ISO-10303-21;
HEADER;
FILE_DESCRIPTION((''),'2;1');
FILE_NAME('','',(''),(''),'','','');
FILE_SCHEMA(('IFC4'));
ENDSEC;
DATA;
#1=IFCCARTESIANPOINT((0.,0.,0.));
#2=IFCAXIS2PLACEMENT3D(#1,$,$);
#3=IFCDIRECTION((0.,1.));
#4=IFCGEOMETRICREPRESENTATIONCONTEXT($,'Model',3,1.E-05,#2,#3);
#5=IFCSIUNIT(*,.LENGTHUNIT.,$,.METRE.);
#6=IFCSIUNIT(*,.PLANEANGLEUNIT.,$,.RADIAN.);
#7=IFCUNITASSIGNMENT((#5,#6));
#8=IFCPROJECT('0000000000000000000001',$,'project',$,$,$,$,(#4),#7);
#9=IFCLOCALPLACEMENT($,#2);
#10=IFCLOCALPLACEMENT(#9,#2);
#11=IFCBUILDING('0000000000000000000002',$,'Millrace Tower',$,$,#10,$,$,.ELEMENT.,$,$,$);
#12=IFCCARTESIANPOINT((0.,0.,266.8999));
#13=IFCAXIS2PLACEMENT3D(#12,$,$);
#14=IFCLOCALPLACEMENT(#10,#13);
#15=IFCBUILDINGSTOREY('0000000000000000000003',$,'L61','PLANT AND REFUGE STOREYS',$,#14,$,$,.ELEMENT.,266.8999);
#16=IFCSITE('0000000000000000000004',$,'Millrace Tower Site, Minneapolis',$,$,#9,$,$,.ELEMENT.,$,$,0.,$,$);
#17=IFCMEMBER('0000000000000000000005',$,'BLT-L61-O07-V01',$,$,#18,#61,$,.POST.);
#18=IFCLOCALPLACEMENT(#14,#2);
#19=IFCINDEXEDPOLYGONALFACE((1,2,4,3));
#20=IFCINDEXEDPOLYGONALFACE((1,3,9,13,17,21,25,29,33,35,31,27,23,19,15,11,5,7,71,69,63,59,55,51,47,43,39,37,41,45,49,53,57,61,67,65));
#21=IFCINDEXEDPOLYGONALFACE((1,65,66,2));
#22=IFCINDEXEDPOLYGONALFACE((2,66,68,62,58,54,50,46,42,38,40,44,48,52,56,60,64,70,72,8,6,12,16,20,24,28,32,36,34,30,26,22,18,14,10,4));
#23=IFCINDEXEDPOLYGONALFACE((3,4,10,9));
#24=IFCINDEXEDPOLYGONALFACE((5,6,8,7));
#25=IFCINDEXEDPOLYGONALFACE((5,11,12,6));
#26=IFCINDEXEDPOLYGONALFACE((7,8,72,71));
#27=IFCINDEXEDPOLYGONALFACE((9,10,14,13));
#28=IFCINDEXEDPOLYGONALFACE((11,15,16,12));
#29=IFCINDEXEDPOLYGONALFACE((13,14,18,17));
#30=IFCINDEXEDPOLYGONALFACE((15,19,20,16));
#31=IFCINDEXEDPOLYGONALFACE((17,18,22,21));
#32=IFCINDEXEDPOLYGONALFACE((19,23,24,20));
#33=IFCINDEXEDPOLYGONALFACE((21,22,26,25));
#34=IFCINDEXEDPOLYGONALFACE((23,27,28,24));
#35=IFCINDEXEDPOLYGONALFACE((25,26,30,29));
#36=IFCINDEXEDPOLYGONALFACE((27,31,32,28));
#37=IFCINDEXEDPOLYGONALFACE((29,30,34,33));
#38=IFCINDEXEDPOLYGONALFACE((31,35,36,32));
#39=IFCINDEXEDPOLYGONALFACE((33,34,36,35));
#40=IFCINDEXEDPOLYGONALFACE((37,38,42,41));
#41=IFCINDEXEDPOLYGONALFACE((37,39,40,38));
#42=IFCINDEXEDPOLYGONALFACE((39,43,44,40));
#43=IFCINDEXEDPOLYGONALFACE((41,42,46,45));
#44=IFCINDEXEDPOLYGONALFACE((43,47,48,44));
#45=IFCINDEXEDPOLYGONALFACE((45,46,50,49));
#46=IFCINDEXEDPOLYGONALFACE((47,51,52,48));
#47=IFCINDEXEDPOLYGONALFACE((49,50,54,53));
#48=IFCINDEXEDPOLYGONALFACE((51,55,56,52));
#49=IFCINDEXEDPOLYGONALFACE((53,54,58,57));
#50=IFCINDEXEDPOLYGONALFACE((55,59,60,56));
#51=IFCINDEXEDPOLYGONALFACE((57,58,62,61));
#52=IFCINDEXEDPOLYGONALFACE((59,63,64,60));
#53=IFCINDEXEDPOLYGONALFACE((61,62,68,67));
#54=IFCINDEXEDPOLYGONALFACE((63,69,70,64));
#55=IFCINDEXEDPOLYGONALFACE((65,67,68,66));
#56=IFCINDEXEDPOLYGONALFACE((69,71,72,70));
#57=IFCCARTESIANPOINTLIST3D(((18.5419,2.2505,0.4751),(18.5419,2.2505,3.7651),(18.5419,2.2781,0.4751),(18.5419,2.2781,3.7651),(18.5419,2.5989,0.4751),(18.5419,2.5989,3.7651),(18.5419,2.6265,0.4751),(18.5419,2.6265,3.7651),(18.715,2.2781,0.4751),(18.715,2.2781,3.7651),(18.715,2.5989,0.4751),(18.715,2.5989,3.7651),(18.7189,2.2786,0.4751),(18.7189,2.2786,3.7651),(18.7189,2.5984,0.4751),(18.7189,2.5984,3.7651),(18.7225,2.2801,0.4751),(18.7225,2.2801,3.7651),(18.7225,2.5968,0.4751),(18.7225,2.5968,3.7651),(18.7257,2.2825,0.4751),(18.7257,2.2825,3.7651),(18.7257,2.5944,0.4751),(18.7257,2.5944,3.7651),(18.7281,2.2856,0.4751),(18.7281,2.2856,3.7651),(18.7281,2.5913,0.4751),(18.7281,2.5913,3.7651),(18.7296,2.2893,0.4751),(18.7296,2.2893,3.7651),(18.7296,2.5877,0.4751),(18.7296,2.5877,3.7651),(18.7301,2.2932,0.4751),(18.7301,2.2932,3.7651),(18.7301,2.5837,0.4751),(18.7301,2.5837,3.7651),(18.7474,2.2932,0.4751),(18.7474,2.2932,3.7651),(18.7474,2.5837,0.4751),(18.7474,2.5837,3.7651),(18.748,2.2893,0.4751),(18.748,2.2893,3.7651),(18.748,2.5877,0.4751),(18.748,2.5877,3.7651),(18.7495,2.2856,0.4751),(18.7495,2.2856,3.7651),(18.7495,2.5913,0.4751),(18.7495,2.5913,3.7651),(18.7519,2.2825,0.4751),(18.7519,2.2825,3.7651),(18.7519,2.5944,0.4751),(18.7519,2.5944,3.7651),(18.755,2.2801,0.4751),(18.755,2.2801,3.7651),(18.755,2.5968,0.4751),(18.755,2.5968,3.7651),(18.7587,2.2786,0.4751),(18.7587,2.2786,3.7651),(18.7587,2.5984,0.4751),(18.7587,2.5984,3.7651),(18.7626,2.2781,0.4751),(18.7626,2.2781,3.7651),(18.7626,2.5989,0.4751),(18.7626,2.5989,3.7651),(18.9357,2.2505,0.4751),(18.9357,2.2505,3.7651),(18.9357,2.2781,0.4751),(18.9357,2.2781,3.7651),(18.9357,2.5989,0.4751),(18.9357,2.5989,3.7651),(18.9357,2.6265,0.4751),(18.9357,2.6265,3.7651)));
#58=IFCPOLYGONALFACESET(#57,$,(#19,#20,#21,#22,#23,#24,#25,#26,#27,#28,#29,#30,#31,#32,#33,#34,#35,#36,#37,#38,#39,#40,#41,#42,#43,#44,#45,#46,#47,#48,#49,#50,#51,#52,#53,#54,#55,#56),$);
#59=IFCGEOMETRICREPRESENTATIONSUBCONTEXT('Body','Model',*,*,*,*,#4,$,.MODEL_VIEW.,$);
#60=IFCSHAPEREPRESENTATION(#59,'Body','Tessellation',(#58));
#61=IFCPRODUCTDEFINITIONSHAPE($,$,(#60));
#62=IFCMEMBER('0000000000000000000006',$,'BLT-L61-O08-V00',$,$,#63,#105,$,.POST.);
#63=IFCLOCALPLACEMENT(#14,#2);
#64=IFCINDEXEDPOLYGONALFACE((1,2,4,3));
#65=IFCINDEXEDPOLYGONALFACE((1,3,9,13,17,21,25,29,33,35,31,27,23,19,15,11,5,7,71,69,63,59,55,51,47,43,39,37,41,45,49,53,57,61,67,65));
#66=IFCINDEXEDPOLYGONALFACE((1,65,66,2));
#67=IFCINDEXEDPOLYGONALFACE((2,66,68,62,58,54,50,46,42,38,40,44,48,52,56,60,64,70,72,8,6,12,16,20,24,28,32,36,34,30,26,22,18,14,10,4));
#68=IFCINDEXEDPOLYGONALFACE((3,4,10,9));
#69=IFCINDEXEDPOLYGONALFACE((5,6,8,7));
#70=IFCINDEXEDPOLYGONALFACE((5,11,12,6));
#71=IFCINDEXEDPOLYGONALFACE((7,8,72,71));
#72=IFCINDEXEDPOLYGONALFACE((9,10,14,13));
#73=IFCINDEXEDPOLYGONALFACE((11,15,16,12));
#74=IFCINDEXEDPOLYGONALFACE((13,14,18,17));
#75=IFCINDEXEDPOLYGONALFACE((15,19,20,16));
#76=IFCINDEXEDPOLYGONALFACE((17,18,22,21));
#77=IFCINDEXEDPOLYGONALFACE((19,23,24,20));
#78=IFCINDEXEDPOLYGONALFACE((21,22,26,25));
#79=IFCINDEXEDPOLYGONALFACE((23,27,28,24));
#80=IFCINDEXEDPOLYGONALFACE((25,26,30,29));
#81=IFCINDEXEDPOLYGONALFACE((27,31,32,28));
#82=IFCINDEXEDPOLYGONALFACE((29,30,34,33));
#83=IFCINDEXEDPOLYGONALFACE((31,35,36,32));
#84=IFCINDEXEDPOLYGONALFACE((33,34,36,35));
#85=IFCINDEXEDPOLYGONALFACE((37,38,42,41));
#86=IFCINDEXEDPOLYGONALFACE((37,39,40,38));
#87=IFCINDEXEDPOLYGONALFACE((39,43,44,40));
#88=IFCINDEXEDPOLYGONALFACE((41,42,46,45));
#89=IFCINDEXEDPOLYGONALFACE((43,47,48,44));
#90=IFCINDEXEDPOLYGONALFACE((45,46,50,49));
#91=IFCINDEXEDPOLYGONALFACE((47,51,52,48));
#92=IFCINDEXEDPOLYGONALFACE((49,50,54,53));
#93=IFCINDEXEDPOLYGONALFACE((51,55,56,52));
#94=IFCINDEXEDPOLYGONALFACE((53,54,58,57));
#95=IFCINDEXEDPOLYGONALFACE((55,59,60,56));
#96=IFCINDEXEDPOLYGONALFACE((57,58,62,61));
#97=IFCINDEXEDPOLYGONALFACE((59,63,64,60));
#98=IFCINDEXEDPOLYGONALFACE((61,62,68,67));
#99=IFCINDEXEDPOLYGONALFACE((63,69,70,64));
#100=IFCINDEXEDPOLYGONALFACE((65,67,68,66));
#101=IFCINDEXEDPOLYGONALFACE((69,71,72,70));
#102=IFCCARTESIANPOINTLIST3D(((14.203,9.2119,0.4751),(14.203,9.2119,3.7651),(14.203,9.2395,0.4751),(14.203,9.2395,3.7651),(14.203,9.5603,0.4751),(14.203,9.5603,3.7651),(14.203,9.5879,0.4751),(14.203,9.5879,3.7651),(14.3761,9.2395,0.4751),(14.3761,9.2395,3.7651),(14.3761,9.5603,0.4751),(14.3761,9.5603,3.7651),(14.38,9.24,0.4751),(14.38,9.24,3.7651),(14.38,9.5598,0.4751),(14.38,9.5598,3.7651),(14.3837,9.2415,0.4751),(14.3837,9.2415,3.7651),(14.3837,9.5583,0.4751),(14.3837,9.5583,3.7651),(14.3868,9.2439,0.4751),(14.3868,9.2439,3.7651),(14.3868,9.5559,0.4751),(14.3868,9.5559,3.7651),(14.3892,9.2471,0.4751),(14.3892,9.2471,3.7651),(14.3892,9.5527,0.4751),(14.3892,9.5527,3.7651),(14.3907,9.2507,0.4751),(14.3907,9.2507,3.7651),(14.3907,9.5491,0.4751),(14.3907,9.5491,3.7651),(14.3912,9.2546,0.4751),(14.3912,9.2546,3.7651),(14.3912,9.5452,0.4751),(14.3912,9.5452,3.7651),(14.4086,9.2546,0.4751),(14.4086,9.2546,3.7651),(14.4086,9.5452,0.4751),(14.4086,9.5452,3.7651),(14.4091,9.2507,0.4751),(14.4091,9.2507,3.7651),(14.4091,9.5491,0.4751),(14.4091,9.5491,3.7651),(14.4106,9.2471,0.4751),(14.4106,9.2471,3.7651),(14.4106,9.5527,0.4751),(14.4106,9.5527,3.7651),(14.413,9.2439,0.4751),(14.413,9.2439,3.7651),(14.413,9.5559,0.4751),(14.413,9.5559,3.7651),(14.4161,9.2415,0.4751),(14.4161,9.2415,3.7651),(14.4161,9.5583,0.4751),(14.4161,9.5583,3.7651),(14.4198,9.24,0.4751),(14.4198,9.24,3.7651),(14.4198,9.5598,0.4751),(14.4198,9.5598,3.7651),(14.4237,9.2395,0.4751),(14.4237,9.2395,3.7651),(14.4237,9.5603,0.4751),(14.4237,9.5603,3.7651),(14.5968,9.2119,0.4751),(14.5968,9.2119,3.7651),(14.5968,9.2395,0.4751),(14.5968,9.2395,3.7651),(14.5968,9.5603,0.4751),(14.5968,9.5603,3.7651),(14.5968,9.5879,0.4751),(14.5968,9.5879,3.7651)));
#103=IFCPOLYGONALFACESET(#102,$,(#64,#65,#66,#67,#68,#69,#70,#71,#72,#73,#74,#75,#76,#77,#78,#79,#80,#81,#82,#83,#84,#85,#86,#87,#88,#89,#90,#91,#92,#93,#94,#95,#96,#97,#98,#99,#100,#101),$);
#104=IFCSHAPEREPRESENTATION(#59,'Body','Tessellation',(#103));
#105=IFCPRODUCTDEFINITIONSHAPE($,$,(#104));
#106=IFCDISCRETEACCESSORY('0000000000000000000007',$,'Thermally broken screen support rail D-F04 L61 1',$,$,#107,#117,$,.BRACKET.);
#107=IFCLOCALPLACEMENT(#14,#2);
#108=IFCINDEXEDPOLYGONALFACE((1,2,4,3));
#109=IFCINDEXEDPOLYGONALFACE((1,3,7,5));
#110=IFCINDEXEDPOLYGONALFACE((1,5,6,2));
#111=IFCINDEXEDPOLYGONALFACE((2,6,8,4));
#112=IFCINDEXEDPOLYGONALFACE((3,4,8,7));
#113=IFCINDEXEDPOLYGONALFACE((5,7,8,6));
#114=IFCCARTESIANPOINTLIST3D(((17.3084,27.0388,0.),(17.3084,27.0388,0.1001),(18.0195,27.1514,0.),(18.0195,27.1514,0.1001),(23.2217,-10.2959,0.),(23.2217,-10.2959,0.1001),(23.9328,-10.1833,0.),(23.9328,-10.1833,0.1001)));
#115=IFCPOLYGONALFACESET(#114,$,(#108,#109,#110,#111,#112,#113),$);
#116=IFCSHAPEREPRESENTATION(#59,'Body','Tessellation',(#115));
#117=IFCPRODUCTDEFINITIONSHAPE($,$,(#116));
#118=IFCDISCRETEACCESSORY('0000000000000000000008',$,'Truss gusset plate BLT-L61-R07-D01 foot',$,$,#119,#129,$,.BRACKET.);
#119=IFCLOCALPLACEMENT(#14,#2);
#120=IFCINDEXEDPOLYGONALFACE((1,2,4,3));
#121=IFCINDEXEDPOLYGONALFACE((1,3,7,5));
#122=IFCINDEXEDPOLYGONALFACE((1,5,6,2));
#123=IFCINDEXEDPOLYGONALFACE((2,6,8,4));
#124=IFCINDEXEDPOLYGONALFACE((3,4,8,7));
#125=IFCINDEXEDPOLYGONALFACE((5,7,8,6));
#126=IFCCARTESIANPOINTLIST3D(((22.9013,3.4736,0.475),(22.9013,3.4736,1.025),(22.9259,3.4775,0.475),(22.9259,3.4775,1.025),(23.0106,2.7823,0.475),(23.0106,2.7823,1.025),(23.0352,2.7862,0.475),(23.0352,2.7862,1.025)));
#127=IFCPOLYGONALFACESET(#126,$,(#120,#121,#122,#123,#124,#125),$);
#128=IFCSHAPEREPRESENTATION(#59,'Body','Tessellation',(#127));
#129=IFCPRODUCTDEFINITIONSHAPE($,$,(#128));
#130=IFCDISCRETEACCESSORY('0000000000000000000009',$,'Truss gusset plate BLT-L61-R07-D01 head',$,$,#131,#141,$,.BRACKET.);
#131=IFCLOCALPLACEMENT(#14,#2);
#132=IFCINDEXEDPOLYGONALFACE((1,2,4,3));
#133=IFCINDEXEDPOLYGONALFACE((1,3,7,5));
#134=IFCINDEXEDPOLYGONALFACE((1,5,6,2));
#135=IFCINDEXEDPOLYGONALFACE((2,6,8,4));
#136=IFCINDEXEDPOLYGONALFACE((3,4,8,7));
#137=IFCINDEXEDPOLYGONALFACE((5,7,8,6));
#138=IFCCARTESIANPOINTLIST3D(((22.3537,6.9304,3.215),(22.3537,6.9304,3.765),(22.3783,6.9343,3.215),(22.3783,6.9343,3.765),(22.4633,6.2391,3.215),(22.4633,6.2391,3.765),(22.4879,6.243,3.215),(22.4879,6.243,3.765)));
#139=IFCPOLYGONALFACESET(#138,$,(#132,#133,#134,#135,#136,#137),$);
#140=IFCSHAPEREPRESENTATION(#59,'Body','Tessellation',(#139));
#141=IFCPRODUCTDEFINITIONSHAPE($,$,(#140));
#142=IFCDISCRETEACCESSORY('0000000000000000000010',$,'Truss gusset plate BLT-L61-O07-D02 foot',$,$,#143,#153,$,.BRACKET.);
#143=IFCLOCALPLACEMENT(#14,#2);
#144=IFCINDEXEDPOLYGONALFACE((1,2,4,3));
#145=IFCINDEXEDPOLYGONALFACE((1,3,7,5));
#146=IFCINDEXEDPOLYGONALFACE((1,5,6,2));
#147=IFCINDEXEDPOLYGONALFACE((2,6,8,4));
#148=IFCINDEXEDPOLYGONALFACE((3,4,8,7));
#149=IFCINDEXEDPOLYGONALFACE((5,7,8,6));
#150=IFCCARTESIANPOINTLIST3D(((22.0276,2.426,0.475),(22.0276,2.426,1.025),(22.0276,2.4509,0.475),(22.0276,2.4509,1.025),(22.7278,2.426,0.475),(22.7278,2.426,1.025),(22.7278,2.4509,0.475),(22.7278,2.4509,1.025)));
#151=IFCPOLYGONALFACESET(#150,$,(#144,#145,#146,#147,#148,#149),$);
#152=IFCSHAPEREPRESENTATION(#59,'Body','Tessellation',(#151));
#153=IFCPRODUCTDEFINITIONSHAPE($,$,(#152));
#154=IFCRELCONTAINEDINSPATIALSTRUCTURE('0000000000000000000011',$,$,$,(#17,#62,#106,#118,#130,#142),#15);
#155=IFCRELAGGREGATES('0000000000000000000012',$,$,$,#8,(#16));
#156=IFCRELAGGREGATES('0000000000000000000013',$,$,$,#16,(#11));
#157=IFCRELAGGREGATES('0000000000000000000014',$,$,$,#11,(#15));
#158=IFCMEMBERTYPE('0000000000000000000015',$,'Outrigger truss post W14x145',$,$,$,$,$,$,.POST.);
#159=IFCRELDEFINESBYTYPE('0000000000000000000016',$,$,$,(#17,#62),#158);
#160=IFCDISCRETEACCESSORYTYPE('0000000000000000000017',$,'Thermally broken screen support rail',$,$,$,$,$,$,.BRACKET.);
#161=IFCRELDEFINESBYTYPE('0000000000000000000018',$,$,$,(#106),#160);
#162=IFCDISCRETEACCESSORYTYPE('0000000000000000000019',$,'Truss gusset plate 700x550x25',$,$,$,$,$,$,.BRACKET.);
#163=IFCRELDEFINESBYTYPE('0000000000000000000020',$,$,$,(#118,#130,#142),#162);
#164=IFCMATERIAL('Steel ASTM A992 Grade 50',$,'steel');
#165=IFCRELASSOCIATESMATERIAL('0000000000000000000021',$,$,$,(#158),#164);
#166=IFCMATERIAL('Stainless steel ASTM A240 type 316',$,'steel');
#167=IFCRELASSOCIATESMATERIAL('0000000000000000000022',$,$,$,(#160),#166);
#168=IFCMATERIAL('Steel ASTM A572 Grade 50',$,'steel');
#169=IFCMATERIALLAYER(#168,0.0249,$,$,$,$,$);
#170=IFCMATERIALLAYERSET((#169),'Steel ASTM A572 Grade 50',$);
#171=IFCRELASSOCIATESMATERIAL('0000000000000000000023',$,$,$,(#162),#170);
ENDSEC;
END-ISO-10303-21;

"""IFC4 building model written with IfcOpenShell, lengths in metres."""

from ifc_helpers import new_model, si_unit, direction, frame, origin, origin_2d, place, context, subcontext, project, spatial, rectangle, i_section, extrude, material, layer, layer_set, material_profile, profile_set, type_object, element, save


model = new_model("IFC4")

# Units and contexts
model_context = context("Model", 3, precision=1e-05, world=origin(), true_north=direction((0.0, 1.0)))
body_context = subcontext(model_context, "Body", "Model", "MODEL_VIEW")
ifc_project = project(units=[si_unit("LENGTHUNIT", "METRE"), si_unit("PLANEANGLEUNIT", "RADIAN")], contexts=[model_context])

# Site, building, storey
site_placement = place(None, origin())
site = spatial("IfcSite", under=ifc_project, at=site_placement, Name="Millrace Tower Site, Minneapolis", CompositionType="ELEMENT", RefElevation=0.0)
building_placement = place(site_placement, origin())
building = spatial("IfcBuilding", under=site, at=building_placement, Name="Millrace Tower", CompositionType="ELEMENT")
storey_placement = place(building_placement, frame((0.0, 0.0, 266.8999)))
storey = spatial("IfcBuildingStorey", under=building, at=storey_placement, Name="L61", Description="PLANT AND REFUGE STOREYS", CompositionType="ELEMENT", Elevation=266.8999)

# Members
ifc_material_1 = material(Name="Steel ASTM A992 Grade 50", Category="steel")
ifc_material_profile_1 = material_profile(ifc_material_1, i_section(OverallWidth=0.3938, OverallDepth=0.376, WebThickness=0.0173, FlangeThickness=0.0276, FilletRadius=0.0151, at=origin_2d()))
ifc_profile_set_1 = profile_set([ifc_material_profile_1], Name="Steel ASTM A992 Grade 50")
member_type_1 = type_object("IfcMemberType", Name="Outrigger truss post W14x145", PredefinedType="POST", material=ifc_profile_set_1)
for number, where, z_axis, x_axis, name in (
    (1, (18.7388, 2.4385, 0.4751), (0.0, 0.0, 1.0), (1.0, 0.0, 0.0), "BLT-L61-O07-V01"),
    (2, (14.3999, 9.3999, 0.4751), (0.0, 0.0, 1.0), (1.0, 0.0, 0.0), "BLT-L61-O08-V00"),
):
    element("IfcMember", number, at=place(storey_placement, frame(where, z_axis=z_axis, x_axis=x_axis)), inside=storey, type_object=member_type_1, Name=name, PredefinedType="POST", context=body_context, shape_type="SweptSolid", body=[
        extrude(i_section(OverallWidth=0.3938, OverallDepth=0.376, WebThickness=0.0173, FlangeThickness=0.0276, FilletRadius=0.0151, at=origin_2d()), origin(), (0.0, 0.0, 1.0), 3.29),
    ])

# Discrete accessories
ifc_material_2 = material(Name="Stainless steel ASTM A240 type 316", Category="steel")
discrete_accessory_type_1 = type_object("IfcDiscreteAccessoryType", Name="Thermally broken screen support rail", PredefinedType="BRACKET", material=ifc_material_2)
discrete_accessory_1_placement = place(storey_placement, frame((20.6206, 8.4277, 0.0), z_axis=(0.0, 0.0, 1.0), x_axis=(-0.156434, 0.987688, 0.0)))
element("IfcDiscreteAccessory", 3, at=discrete_accessory_1_placement, inside=storey, type_object=discrete_accessory_type_1, Name="Thermally broken screen support rail D-F04 L61 1", PredefinedType="BRACKET", context=body_context, shape_type="SweptSolid", body=[
    extrude(rectangle(XDim=37.8, YDim=0.72, at=origin_2d()), origin(), (0.0, 0.0, 1.0), 0.1001),
])
ifc_material_3 = material(Name="Steel ASTM A572 Grade 50", Category="steel")
ifc_layer_1 = layer(ifc_material_3, 0.0249)
ifc_layer_set_1 = layer_set([ifc_layer_1], Name="Steel ASTM A572 Grade 50")
discrete_accessory_type_2 = type_object("IfcDiscreteAccessoryType", Name="Truss gusset plate 700x550x25", PredefinedType="BRACKET", material=ifc_layer_set_1)
for number, where, z_axis, x_axis, name in (
    (4, (22.9136, 3.4756, 0.75), (0.156249, -0.987718, 0.0), (0.987718, 0.156249, 0.0), "Truss gusset plate BLT-L61-R07-D01 foot"),
    (5, (22.366, 6.9324, 3.49), (0.156589, -0.987664, 0.0), (0.987664, 0.156589, 0.0), "Truss gusset plate BLT-L61-R07-D01 head"),
):
    element("IfcDiscreteAccessory", number, at=place(storey_placement, frame(where, z_axis=z_axis, x_axis=x_axis)), inside=storey, type_object=discrete_accessory_type_2, Name=name, PredefinedType="BRACKET", context=body_context, shape_type="SweptSolid", body=[
        extrude(rectangle(XDim=0.0249, YDim=0.55, at=origin_2d()), origin(), (0.0, 0.0, 1.0), 0.7),
    ])
discrete_accessory_2_placement = place(storey_placement, frame((22.0276, 2.4385, 0.75), z_axis=(1.0, 0.0, 0.0), x_axis=(0.0, 1.0, 0.0)))
element("IfcDiscreteAccessory", 6, at=discrete_accessory_2_placement, inside=storey, type_object=discrete_accessory_type_2, Name="Truss gusset plate BLT-L61-O07-D02 foot", PredefinedType="BRACKET", context=body_context, shape_type="SweptSolid", body=[
    extrude(rectangle(XDim=0.0249, YDim=0.55, at=origin_2d()), origin(), (0.0, 0.0, 1.0), 0.7002),
])

save(model, "model.ifc")
